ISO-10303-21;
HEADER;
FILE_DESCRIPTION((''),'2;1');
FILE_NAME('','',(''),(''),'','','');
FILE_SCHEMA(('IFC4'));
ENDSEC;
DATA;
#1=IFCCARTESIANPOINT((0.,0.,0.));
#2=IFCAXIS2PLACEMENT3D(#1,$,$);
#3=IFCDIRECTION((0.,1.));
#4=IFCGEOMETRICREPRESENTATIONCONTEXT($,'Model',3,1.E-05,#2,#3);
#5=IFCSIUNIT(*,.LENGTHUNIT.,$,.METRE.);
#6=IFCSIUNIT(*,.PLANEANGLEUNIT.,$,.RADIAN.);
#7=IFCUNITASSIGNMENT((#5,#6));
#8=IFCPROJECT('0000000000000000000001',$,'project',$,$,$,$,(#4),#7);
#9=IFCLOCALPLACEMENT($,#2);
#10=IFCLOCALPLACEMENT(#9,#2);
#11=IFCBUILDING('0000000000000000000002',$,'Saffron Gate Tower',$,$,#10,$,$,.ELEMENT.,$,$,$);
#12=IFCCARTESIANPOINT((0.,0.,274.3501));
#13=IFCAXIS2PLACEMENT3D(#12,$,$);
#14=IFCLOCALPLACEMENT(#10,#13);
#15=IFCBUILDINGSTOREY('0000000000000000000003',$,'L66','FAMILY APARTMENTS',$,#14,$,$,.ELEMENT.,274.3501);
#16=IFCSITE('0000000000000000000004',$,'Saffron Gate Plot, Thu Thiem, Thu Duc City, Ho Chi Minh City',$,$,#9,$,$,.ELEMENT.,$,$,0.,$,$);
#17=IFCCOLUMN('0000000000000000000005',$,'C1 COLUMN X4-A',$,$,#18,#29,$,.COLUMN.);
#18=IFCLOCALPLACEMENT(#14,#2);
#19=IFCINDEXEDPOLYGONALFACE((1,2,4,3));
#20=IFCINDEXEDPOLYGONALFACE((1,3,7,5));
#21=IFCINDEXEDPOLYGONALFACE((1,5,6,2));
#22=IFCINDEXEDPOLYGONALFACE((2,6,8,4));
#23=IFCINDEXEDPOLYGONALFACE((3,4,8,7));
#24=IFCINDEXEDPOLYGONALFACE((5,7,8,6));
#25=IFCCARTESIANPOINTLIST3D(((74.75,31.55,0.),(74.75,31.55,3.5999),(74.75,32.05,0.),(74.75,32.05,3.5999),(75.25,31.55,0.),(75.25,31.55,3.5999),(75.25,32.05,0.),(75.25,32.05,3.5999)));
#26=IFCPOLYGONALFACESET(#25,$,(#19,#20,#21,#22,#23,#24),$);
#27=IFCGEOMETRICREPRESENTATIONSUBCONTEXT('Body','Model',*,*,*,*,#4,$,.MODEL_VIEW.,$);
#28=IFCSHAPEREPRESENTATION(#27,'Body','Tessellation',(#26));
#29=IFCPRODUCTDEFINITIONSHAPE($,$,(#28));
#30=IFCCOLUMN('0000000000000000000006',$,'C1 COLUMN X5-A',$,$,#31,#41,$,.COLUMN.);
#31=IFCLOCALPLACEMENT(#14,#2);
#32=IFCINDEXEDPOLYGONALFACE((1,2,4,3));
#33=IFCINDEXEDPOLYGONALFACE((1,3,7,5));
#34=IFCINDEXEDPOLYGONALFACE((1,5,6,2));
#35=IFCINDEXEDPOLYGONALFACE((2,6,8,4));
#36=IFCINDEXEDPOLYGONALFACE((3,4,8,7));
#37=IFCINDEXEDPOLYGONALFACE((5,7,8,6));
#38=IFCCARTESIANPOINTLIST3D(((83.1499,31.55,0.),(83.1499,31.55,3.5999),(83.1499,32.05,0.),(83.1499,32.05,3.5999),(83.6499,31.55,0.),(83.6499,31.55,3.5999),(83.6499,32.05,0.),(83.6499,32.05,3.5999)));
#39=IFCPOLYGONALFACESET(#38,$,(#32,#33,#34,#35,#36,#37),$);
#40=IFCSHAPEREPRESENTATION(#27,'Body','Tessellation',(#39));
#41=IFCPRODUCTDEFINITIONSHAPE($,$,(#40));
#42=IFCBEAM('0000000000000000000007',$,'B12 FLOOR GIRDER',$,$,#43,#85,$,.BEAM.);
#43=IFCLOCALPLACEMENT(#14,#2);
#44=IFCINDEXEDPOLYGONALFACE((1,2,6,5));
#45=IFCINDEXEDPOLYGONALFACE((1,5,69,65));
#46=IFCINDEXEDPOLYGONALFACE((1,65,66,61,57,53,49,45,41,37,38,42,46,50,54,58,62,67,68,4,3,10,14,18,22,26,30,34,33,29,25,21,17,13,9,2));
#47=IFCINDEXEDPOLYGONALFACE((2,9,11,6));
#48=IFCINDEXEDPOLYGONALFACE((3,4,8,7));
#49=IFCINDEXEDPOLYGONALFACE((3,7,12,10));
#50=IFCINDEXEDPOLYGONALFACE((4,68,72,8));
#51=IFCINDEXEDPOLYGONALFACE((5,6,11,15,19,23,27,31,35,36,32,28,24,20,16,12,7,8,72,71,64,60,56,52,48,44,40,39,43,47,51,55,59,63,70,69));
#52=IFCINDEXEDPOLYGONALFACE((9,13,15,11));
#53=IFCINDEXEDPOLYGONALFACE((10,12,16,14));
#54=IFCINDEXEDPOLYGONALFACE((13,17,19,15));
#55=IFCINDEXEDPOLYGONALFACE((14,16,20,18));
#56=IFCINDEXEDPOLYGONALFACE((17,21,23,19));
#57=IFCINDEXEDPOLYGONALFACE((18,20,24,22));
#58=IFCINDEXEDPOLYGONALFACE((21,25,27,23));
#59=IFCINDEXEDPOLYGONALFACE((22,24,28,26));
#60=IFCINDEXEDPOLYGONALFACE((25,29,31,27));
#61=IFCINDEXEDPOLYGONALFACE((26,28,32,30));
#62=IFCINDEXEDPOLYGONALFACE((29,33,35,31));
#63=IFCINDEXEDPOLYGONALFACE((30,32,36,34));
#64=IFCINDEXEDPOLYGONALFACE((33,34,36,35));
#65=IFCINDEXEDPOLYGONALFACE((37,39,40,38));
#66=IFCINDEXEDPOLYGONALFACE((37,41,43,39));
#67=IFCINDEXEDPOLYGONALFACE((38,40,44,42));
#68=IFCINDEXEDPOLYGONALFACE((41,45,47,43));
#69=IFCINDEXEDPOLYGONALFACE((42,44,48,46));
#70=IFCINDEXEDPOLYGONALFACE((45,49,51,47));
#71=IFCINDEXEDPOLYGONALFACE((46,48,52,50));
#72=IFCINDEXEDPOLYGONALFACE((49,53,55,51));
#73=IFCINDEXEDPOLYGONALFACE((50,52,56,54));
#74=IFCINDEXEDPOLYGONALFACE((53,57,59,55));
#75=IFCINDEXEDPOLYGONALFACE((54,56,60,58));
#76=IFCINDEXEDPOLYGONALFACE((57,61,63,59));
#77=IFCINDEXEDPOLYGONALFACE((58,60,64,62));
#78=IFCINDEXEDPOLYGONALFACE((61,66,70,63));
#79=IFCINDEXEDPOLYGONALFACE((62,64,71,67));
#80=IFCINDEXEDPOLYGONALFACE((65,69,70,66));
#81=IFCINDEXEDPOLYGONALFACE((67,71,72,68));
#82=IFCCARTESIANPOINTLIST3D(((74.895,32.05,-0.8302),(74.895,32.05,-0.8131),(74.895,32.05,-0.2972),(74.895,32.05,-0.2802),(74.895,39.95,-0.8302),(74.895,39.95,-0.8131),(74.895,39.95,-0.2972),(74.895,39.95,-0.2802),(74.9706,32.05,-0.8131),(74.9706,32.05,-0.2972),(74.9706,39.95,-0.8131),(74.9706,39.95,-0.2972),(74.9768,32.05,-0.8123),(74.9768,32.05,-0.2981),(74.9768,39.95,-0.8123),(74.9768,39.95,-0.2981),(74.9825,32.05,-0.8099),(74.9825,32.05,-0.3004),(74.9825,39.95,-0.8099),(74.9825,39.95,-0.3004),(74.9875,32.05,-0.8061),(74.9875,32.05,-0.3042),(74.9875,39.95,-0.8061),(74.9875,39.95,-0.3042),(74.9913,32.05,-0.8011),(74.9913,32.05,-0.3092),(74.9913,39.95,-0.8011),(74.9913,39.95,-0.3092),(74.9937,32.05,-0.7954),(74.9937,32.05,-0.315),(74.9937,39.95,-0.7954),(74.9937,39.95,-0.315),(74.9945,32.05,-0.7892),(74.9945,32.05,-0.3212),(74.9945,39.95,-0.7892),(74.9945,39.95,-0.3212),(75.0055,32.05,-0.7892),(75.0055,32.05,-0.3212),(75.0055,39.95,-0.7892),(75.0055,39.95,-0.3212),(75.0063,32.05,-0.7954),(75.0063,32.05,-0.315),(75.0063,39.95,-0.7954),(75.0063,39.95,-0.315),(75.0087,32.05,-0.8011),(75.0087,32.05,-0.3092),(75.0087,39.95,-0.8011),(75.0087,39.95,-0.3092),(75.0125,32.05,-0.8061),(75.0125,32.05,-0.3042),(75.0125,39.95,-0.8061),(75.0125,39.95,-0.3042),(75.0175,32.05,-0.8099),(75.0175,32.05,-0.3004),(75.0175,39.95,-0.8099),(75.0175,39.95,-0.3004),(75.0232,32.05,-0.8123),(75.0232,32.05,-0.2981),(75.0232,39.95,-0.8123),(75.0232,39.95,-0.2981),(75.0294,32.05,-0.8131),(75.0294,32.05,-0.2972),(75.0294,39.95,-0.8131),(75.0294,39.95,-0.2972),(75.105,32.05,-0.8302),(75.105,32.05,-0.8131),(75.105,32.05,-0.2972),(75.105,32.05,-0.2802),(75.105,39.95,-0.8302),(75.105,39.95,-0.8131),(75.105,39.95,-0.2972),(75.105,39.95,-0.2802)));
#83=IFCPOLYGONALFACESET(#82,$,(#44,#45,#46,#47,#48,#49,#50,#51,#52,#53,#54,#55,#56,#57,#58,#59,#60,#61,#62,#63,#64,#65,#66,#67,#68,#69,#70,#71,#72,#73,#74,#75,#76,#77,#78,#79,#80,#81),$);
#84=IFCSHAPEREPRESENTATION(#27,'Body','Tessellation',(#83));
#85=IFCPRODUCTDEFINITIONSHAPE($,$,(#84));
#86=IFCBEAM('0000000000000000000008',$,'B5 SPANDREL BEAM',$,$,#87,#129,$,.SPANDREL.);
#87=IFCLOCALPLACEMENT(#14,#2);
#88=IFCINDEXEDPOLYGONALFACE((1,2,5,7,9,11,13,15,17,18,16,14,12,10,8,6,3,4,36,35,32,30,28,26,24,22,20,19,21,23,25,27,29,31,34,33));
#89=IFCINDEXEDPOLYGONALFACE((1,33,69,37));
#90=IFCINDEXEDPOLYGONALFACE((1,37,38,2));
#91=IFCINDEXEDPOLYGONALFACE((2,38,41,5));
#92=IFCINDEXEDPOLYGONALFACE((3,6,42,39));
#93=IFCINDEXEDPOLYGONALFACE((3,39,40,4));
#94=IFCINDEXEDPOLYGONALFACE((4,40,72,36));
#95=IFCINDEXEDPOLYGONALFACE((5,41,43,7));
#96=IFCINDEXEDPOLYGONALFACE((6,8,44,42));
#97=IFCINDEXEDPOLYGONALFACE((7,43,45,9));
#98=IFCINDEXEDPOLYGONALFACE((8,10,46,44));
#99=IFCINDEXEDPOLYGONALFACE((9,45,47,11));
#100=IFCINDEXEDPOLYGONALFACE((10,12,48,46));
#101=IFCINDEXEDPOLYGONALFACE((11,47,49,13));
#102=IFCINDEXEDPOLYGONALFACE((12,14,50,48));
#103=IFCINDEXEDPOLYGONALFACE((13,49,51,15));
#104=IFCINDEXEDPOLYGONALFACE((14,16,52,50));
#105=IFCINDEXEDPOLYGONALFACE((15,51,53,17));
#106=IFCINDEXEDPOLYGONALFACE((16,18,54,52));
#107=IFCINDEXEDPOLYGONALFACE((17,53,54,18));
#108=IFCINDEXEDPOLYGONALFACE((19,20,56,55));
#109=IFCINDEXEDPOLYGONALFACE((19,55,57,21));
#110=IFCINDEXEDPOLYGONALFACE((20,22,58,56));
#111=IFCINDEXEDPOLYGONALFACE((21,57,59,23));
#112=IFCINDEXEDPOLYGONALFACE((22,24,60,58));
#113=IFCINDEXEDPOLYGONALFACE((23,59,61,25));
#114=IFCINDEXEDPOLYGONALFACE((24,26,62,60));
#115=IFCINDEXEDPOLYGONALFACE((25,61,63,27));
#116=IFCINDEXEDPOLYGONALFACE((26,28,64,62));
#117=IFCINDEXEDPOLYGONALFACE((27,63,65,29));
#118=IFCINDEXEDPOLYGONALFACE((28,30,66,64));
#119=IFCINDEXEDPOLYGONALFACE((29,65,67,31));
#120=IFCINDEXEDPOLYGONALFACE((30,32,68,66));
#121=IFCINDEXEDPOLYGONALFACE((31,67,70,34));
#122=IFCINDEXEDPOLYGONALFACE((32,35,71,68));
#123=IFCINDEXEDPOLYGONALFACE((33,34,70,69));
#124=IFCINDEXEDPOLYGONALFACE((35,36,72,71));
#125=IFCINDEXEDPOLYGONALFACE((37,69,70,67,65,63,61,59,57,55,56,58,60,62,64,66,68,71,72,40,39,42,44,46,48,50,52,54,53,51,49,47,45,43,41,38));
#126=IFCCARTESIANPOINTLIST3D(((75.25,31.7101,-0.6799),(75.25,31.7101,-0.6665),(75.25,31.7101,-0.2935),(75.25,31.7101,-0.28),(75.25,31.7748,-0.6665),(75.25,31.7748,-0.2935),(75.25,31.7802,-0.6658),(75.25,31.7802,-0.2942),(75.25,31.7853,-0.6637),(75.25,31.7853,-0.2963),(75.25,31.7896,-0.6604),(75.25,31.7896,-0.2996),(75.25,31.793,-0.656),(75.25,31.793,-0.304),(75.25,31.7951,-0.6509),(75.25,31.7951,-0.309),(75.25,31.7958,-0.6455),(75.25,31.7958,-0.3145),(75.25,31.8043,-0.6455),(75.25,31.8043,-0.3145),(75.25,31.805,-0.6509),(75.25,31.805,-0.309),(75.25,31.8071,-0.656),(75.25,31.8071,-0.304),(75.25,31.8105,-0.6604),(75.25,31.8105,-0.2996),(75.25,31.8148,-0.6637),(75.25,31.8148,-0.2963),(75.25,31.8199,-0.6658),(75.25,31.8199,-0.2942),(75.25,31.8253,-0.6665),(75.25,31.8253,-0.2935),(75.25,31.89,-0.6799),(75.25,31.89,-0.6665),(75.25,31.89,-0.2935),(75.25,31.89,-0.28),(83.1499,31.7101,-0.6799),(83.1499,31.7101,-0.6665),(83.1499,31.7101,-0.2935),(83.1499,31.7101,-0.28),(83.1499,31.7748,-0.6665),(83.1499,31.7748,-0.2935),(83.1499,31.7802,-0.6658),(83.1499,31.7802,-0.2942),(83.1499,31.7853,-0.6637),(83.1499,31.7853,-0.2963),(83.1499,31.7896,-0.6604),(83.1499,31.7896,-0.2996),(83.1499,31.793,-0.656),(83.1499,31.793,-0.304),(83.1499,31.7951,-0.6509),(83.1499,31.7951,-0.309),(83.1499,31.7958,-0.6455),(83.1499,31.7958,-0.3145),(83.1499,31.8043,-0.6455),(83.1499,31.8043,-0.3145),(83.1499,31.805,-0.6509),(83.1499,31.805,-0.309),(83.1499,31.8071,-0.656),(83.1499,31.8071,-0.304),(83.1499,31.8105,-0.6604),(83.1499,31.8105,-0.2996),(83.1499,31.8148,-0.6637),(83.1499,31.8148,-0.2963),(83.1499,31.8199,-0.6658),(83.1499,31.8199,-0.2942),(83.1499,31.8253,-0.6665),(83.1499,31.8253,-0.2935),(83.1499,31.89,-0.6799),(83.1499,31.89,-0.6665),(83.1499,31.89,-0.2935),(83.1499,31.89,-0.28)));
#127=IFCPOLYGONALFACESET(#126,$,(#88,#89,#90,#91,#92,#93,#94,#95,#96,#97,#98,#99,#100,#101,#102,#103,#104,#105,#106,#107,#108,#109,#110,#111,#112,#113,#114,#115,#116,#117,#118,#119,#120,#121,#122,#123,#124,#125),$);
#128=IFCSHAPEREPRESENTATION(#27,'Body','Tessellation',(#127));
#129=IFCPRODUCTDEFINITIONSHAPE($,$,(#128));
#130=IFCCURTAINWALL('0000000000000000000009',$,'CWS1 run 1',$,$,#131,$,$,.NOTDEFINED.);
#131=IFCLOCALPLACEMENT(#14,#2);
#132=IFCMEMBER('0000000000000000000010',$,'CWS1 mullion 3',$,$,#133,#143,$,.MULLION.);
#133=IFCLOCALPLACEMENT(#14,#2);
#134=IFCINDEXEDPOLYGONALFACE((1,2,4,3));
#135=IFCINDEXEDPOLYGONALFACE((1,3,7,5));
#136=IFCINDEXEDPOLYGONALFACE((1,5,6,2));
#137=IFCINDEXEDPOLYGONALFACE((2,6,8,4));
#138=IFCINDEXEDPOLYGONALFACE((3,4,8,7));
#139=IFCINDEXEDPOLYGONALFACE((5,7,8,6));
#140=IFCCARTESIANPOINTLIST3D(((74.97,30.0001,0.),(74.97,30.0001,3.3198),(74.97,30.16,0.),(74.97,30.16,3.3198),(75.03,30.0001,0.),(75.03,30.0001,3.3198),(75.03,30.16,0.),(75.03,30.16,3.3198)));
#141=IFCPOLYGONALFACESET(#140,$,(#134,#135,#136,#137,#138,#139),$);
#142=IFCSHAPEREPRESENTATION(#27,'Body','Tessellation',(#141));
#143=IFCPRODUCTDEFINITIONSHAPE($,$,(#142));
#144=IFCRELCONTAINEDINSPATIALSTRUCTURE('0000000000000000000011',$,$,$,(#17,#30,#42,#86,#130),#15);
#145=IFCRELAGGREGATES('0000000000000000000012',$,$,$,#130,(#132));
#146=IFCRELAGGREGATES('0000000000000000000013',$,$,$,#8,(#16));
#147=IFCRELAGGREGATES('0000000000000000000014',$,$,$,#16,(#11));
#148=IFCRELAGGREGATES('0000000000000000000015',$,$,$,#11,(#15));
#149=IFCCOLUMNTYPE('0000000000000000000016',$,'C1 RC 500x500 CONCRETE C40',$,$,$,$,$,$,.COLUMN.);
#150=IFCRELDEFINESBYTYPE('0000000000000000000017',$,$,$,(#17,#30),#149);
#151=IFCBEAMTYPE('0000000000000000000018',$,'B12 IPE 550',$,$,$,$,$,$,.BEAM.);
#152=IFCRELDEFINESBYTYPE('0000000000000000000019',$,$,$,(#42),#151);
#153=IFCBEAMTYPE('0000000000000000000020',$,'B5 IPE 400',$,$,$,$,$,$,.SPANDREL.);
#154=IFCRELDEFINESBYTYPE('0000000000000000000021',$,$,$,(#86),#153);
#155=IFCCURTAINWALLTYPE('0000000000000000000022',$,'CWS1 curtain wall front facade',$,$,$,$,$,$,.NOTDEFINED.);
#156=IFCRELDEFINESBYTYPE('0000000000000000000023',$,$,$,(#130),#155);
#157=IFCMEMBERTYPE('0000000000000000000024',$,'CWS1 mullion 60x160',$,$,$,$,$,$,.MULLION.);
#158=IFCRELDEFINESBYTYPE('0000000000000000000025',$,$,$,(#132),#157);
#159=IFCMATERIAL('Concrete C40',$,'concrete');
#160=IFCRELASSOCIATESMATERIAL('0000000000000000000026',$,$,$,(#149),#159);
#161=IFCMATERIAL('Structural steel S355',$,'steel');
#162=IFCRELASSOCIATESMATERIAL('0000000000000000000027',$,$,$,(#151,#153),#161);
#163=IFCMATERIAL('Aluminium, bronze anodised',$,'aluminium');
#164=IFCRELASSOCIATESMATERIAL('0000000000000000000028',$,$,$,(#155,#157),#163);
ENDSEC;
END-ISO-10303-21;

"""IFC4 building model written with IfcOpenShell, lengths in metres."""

from ifc_helpers import new_model, si_unit, direction, frame, origin, origin_2d, place, context, subcontext, project, spatial, rectangle, i_section, extrude, material, material_profile, profile_set, type_object, element, aggregate, save


model = new_model("IFC4")

# Units and contexts
model_context = context("Model", 3, precision=1e-05, world=origin(), true_north=direction((0.0, 1.0)))
body_context = subcontext(model_context, "Body", "Model", "MODEL_VIEW")
ifc_project = project(units=[si_unit("LENGTHUNIT", "METRE"), si_unit("PLANEANGLEUNIT", "RADIAN")], contexts=[model_context])

# Site, building, storey
site_placement = place(None, origin())
site = spatial("IfcSite", under=ifc_project, at=site_placement, Name="Saffron Gate Plot, Thu Thiem, Thu Duc City, Ho Chi Minh City", CompositionType="ELEMENT", RefElevation=0.0)
building_placement = place(site_placement, origin())
building = spatial("IfcBuilding", under=site, at=building_placement, Name="Saffron Gate Tower", CompositionType="ELEMENT")
storey_placement = place(building_placement, frame((0.0, 0.0, 274.3501)))
storey = spatial("IfcBuildingStorey", under=building, at=storey_placement, Name="L66", Description="FAMILY APARTMENTS", CompositionType="ELEMENT", Elevation=274.3501)

# Columns
ifc_material_1 = material(Name="Concrete C40", Category="concrete")
ifc_material_profile_1 = material_profile(ifc_material_1, rectangle(XDim=0.5, YDim=0.5, at=origin_2d()))
ifc_profile_set_1 = profile_set([ifc_material_profile_1], Name="Concrete C40")
column_type = type_object("IfcColumnType", Name="C1 RC 500x500 CONCRETE C40", PredefinedType="COLUMN", material=ifc_profile_set_1)
for number, where, z_axis, x_axis, name in (
    (1, (75.0, 31.8, 0.0), (0.0, 0.0, 1.0), (1.0, 0.0, 0.0), "C1 COLUMN X4-A"),
    (2, (83.3999, 31.8, 0.0), (0.0, 0.0, 1.0), (1.0, 0.0, 0.0), "C1 COLUMN X5-A"),
):
    element("IfcColumn", number, at=place(storey_placement, frame(where, z_axis=z_axis, x_axis=x_axis)), inside=storey, type_object=column_type, Name=name, PredefinedType="COLUMN", context=body_context, shape_type="SweptSolid", body=[
        extrude(rectangle(XDim=0.5, YDim=0.5, at=origin_2d()), origin(), (0.0, 0.0, 1.0), 3.5999),
    ])

# Beams
ifc_material_2 = material(Name="Structural steel S355", Category="steel")
ifc_material_profile_2 = material_profile(ifc_material_2, i_section(OverallWidth=0.21, OverallDepth=0.55, WebThickness=0.011, FlangeThickness=0.0171, FilletRadius=0.0239, at=origin_2d()))
ifc_profile_set_2 = profile_set([ifc_material_profile_2], Name="Structural steel S355")
beam_type_1 = type_object("IfcBeamType", Name="B12 IPE 550", PredefinedType="BEAM", material=ifc_profile_set_2)
beam_1_placement = place(storey_placement, frame((75.0, 32.05, -0.5552), z_axis=(0.0, 1.0, 0.0), x_axis=(-1.0, 0.0, 0.0)))
element("IfcBeam", 3, at=beam_1_placement, inside=storey, type_object=beam_type_1, Name="B12 FLOOR GIRDER", PredefinedType="BEAM", context=body_context, shape_type="SweptSolid", body=[
    extrude(i_section(OverallWidth=0.21, OverallDepth=0.55, WebThickness=0.011, FlangeThickness=0.0171, FilletRadius=0.0239, at=origin_2d()), origin(), (0.0, 0.0, 1.0), 7.8999),
])
ifc_material_profile_3 = material_profile(ifc_material_2, i_section(OverallWidth=0.1799, OverallDepth=0.3999, WebThickness=0.0085, FlangeThickness=0.0134, FilletRadius=0.021, at=origin_2d()))
ifc_profile_set_3 = profile_set([ifc_material_profile_3], Name="Structural steel S355")
beam_type_2 = type_object("IfcBeamType", Name="B5 IPE 400", PredefinedType="SPANDREL", material=ifc_profile_set_3)
beam_2_placement = place(storey_placement, frame((75.25, 31.8, -0.48), z_axis=(1.0, 0.0, 0.0), x_axis=(0.0, 1.0, 0.0)))
element("IfcBeam", 4, at=beam_2_placement, inside=storey, type_object=beam_type_2, Name="B5 SPANDREL BEAM", PredefinedType="SPANDREL", context=body_context, shape_type="SweptSolid", body=[
    extrude(i_section(OverallWidth=0.1799, OverallDepth=0.3999, WebThickness=0.0085, FlangeThickness=0.0134, FilletRadius=0.021, at=origin_2d()), origin(), (0.0, 0.0, 1.0), 7.8999),
])

# Curtain wall, member
ifc_material_3 = material(Name="Aluminium, bronze anodised", Category="aluminium")
curtain_wall_type = type_object("IfcCurtainWallType", Name="CWS1 curtain wall front facade", PredefinedType="NOTDEFINED", material=ifc_material_3)
curtain_wall_placement = place(storey_placement, origin())
curtain_wall = element("IfcCurtainWall", 5, at=curtain_wall_placement, inside=storey, type_object=curtain_wall_type, Name="CWS1 run 1", PredefinedType="NOTDEFINED")
ifc_material_profile_4 = material_profile(ifc_material_3, rectangle(XDim=0.1599, YDim=0.0601, at=origin_2d()))
ifc_profile_set_4 = profile_set([ifc_material_profile_4], Name="Aluminium, bronze anodised")
member_type = type_object("IfcMemberType", Name="CWS1 mullion 60x160", PredefinedType="MULLION", material=ifc_profile_set_4)
member_placement = place(storey_placement, frame((75.0, 30.0801, 0.0), z_axis=(0.0, 0.0, 1.0), x_axis=(0.0, 1.0, 0.0)))
member = element("IfcMember", 6, at=member_placement, type_object=member_type, Name="CWS1 mullion 3", PredefinedType="MULLION", context=body_context, shape_type="SweptSolid", body=[
    extrude(rectangle(XDim=0.1599, YDim=0.0601, at=origin_2d()), origin(), (0.0, 0.0, 1.0), 3.3198),
])
aggregate(curtain_wall, [member])

save(model, "model.ifc")
